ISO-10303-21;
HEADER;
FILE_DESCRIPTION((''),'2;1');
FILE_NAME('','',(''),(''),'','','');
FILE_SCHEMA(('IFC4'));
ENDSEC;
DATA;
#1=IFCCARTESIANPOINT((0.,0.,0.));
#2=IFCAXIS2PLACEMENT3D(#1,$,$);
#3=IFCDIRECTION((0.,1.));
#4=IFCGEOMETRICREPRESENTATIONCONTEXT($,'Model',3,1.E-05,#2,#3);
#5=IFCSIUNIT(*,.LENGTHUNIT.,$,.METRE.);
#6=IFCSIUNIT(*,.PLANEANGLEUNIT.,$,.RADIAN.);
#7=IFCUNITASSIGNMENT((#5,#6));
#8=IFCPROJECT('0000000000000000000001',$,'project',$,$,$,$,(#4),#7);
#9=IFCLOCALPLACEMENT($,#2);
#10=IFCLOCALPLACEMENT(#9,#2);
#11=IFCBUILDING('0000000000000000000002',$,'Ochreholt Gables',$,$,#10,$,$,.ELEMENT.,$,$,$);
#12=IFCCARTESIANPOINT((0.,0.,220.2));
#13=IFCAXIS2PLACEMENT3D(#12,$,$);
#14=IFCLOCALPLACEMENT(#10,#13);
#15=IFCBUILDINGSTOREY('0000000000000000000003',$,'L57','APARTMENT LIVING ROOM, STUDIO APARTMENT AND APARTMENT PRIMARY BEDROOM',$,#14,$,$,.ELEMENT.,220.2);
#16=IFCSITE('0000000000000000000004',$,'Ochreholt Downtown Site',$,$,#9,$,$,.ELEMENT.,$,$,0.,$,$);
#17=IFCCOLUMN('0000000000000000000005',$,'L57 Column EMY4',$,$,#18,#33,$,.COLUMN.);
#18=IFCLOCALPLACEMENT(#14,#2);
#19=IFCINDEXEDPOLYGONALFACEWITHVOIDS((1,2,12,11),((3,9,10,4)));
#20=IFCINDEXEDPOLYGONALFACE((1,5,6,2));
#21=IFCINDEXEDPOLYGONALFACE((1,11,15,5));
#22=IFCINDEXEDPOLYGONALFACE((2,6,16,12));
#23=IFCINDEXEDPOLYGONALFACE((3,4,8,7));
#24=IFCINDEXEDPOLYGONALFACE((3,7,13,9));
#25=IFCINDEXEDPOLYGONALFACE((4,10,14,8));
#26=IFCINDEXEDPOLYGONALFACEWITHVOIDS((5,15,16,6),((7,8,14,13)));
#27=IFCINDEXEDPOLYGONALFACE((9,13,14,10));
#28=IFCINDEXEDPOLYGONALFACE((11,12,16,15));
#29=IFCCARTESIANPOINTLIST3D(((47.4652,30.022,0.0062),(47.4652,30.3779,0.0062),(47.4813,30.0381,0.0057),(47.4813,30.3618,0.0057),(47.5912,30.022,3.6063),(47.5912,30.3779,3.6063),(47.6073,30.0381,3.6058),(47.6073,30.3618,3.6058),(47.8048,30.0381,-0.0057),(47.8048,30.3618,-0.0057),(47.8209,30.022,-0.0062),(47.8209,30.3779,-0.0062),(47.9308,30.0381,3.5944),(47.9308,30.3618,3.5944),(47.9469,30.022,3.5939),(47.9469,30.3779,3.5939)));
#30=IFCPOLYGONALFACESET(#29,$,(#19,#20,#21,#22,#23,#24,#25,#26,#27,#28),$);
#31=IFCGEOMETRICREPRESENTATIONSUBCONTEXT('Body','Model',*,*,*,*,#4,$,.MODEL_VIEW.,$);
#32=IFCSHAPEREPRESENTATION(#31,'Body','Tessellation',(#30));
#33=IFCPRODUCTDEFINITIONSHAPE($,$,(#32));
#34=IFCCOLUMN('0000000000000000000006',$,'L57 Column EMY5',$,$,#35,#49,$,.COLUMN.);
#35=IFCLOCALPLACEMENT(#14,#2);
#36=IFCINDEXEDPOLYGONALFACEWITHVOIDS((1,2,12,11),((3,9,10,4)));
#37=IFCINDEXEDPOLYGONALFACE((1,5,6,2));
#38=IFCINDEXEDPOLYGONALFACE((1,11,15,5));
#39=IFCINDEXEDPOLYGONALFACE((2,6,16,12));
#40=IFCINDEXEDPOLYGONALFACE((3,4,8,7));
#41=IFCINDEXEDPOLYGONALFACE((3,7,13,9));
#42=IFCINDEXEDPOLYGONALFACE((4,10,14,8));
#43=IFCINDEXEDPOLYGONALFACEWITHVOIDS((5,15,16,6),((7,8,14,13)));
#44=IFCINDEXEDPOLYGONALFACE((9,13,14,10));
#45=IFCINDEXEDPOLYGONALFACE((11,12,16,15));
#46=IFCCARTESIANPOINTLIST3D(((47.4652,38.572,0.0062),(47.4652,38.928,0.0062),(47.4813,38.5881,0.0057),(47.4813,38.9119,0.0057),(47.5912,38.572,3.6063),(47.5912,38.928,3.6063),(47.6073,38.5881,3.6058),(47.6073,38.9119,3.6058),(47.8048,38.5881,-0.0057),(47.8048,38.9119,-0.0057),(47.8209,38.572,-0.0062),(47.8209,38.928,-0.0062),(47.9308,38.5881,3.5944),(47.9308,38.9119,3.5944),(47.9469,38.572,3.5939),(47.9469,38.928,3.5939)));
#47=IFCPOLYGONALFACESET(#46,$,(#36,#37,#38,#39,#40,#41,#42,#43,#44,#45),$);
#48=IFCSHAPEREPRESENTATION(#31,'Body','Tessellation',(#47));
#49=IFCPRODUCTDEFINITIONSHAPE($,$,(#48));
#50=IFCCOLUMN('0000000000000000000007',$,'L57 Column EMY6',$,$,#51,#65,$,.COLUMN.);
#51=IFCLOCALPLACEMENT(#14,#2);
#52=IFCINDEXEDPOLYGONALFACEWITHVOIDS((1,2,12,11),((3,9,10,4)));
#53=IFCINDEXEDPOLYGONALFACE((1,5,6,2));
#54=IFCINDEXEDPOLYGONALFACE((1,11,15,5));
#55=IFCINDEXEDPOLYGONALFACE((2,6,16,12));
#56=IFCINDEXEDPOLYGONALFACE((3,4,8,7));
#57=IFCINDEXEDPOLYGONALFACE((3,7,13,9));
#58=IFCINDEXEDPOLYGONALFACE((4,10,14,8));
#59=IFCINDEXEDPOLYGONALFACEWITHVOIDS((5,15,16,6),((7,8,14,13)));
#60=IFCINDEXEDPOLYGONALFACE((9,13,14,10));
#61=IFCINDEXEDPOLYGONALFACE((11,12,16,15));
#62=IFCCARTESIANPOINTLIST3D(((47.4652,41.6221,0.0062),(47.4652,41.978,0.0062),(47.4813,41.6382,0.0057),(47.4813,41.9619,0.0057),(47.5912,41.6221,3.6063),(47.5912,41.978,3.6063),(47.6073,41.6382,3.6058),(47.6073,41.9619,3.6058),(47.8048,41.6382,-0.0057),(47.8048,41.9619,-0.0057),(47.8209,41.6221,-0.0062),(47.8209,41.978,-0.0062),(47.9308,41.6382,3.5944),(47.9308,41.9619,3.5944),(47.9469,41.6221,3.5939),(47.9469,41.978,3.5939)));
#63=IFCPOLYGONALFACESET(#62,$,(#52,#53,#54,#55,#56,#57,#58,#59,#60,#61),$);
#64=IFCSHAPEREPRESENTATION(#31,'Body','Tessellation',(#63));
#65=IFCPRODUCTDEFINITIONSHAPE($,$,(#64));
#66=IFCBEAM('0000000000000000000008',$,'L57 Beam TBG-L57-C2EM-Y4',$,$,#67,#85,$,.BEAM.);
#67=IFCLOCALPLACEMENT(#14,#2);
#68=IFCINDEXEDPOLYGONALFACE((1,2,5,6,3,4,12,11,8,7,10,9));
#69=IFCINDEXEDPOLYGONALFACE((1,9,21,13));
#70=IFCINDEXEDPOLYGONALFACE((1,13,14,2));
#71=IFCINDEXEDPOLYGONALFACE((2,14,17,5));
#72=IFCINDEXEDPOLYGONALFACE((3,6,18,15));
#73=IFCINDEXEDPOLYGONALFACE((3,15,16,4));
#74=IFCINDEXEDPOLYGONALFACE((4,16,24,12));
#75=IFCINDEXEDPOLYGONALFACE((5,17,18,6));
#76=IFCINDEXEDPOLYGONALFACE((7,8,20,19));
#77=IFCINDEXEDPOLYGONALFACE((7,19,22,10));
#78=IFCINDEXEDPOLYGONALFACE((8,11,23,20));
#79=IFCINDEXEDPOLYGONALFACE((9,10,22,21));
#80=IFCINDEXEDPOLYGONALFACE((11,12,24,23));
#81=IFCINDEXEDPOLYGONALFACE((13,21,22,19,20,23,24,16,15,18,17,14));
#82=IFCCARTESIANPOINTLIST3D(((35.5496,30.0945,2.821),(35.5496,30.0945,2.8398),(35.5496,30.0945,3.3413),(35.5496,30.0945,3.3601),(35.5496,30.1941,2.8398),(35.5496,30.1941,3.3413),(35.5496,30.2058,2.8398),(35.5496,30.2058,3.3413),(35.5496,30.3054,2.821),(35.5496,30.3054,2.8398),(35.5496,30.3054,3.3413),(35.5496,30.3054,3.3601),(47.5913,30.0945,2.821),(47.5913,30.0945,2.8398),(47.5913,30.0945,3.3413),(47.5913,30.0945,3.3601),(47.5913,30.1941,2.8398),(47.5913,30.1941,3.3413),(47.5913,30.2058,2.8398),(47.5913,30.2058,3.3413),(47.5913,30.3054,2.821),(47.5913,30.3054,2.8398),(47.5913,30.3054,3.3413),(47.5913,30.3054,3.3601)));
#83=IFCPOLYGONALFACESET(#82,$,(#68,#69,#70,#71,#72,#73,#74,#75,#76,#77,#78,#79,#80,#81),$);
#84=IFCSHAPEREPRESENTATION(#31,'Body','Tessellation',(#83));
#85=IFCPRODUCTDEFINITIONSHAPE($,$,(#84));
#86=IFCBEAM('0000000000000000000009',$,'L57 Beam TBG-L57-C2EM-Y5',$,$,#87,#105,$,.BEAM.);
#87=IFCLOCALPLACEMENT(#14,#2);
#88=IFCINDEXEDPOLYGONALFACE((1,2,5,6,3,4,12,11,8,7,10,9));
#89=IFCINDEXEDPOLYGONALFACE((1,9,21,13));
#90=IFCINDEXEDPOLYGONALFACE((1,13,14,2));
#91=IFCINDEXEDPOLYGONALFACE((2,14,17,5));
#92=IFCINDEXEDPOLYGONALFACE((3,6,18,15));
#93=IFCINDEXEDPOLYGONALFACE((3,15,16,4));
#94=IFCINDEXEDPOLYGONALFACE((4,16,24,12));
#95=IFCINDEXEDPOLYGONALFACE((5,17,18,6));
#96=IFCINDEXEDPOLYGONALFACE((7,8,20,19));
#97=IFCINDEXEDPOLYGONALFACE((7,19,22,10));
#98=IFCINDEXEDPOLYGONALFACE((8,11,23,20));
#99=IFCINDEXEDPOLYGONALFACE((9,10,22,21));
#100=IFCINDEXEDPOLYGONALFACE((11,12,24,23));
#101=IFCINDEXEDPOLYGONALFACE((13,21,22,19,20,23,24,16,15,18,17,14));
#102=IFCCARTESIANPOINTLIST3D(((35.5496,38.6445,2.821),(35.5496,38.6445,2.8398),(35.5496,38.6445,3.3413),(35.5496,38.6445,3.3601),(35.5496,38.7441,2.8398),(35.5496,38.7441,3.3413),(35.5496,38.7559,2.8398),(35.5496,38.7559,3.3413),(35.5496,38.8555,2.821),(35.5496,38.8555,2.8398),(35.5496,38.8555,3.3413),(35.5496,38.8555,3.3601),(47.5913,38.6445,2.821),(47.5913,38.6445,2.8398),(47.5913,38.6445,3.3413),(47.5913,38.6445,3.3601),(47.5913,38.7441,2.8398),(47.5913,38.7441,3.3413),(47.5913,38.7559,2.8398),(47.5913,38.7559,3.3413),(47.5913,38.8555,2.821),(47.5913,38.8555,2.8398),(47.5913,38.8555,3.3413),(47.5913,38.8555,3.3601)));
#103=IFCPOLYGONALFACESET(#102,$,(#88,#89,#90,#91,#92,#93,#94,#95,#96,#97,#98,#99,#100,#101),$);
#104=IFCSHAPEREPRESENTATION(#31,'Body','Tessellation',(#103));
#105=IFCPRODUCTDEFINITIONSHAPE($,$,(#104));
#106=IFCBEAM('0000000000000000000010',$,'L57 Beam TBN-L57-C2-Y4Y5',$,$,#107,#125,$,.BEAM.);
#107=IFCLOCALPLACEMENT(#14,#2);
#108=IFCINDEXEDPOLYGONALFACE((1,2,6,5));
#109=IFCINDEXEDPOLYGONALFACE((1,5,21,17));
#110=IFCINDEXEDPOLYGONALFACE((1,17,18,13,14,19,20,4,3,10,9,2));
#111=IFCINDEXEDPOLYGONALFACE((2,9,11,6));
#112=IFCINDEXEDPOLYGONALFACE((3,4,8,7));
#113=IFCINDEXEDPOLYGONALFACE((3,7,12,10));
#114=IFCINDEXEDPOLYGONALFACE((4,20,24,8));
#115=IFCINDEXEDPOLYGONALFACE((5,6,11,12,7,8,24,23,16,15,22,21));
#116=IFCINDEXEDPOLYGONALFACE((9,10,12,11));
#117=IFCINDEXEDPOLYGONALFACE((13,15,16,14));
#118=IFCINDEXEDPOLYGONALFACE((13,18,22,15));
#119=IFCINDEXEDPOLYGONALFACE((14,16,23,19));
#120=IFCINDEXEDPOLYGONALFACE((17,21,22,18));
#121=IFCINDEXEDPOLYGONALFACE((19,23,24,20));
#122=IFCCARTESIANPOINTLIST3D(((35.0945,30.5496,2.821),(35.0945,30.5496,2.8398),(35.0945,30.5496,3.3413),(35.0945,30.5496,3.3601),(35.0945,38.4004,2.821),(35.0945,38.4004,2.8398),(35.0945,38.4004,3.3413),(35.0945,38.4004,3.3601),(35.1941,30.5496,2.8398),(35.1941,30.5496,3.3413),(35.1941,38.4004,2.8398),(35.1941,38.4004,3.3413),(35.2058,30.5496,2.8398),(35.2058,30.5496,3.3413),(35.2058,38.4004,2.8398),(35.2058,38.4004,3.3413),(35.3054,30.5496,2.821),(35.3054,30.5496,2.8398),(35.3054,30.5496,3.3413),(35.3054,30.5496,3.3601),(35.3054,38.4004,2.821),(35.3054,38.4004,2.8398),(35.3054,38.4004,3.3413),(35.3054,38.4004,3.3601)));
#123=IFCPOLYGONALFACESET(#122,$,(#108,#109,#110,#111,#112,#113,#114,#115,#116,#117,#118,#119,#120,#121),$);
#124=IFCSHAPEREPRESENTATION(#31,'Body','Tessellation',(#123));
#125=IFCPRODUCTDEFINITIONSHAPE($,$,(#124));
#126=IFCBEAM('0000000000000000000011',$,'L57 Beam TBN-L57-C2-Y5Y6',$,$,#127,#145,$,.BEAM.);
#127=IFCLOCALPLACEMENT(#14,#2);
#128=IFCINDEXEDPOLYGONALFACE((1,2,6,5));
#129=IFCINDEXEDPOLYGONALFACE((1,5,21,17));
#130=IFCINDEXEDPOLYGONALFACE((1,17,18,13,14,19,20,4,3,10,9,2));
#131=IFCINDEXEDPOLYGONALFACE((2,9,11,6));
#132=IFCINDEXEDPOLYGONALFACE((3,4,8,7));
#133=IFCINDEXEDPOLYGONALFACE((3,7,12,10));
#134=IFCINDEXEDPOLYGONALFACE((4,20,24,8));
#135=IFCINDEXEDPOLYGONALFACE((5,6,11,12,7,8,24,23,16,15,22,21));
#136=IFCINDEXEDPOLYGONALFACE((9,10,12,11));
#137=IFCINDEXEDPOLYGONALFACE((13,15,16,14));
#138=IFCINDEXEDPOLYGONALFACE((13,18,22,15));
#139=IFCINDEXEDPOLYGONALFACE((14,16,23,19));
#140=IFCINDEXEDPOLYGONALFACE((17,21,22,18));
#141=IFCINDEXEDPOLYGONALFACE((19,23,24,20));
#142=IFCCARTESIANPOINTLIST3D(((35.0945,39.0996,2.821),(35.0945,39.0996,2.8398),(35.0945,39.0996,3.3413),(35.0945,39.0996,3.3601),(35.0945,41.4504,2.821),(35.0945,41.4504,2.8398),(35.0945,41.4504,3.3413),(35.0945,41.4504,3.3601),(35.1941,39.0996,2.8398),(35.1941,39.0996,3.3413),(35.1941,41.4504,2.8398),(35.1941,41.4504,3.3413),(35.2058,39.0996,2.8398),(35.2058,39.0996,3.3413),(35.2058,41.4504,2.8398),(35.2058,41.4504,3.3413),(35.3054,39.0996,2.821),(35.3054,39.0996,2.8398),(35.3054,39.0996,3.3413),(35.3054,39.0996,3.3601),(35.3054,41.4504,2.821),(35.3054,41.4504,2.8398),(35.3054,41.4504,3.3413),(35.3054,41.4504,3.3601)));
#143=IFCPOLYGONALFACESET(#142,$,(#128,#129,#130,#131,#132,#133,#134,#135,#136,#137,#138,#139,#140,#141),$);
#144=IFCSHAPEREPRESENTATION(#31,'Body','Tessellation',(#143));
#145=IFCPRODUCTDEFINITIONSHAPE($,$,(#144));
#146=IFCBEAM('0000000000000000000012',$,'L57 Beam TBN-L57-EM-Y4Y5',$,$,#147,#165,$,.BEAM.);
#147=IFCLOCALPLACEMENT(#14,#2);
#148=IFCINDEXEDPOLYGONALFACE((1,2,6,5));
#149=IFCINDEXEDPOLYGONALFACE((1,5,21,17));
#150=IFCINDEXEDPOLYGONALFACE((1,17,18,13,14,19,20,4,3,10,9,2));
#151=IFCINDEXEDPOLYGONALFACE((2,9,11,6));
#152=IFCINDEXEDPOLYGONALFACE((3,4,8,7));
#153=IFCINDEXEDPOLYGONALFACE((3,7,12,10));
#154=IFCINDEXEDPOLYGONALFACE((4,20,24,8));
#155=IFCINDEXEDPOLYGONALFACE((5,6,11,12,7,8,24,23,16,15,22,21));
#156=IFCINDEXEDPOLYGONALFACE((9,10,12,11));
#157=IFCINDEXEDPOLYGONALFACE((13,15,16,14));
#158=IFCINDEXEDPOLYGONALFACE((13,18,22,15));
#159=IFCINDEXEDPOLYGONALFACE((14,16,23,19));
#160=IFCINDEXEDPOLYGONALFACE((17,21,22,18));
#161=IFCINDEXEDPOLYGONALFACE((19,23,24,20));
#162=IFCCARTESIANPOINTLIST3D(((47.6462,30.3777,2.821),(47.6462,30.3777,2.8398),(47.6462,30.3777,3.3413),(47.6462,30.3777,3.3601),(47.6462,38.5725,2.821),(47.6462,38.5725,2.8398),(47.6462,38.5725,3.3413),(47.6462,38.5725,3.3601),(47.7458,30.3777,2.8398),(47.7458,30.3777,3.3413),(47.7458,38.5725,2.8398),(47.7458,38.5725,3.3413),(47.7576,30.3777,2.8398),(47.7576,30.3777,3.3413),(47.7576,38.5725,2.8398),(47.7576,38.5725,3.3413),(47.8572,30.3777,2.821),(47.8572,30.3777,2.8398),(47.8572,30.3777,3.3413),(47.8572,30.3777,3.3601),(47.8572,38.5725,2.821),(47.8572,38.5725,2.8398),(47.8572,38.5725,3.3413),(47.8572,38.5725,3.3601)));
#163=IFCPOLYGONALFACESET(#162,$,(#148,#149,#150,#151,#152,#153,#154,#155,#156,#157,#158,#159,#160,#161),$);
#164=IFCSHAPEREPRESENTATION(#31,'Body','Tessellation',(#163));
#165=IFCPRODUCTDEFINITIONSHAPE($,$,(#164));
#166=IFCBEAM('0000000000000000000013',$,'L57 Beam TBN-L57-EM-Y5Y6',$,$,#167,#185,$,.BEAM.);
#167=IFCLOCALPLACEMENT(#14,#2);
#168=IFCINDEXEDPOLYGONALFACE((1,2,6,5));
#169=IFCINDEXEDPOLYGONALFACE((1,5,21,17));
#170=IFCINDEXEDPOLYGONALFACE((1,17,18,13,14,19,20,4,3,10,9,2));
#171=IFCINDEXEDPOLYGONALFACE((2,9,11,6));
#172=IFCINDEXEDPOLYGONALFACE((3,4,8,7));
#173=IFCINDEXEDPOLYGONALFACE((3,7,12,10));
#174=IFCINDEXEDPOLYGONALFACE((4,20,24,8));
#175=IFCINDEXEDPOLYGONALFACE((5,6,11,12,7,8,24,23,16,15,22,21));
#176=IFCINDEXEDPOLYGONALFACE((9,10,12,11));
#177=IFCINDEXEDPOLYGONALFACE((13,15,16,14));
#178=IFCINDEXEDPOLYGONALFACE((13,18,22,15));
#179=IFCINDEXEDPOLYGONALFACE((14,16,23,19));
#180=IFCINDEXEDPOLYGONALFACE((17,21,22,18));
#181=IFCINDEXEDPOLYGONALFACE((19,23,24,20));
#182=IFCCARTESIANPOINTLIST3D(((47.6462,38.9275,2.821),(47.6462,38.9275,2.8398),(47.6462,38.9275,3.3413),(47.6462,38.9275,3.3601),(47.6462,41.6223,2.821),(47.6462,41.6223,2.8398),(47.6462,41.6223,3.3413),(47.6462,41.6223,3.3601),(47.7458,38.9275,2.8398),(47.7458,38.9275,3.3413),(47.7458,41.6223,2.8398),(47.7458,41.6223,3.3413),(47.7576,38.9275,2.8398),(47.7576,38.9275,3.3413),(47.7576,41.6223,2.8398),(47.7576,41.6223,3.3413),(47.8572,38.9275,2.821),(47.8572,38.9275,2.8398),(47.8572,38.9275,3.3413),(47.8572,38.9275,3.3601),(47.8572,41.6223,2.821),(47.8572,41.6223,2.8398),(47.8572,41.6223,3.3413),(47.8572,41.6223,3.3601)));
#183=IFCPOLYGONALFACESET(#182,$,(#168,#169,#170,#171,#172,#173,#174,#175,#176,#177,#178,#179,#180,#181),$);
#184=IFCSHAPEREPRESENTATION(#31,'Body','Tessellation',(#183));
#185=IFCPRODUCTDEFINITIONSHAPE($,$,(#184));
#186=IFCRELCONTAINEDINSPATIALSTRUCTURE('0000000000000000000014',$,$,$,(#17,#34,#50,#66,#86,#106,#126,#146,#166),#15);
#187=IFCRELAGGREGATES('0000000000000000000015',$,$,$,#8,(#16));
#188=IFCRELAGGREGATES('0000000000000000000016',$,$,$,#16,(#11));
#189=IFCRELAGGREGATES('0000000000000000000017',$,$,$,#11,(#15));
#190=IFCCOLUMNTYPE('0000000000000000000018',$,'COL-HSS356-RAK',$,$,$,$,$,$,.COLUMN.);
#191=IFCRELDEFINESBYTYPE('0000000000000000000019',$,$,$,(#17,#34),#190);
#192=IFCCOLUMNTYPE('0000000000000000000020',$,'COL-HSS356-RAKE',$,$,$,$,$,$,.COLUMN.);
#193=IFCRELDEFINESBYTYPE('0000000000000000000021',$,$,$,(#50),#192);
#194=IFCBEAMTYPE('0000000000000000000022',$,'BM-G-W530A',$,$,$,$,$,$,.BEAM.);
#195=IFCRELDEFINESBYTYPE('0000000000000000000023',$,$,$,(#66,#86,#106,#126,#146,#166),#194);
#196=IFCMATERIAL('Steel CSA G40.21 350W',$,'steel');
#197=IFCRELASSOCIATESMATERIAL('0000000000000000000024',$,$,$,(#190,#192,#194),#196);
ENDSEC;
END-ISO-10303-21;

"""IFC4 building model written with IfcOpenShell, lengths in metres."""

from ifc_helpers import new_model, si_unit, direction, frame, origin, origin_2d, place, context, subcontext, project, spatial, hollow_rectangle, i_section, extrude, material, material_profile, profile_set, type_object, element, save


model = new_model("IFC4")

# Units and contexts
model_context = context("Model", 3, precision=1e-05, world=origin(), true_north=direction((0.0, 1.0)))
body_context = subcontext(model_context, "Body", "Model", "MODEL_VIEW")
ifc_project = project(units=[si_unit("LENGTHUNIT", "METRE"), si_unit("PLANEANGLEUNIT", "RADIAN")], contexts=[model_context])

# Site, building, storey
site_placement = place(None, origin())
site = spatial("IfcSite", under=ifc_project, at=site_placement, Name="Ochreholt Downtown Site", CompositionType="ELEMENT", RefElevation=0.0)
building_placement = place(site_placement, origin())
building = spatial("IfcBuilding", under=site, at=building_placement, Name="Ochreholt Gables", CompositionType="ELEMENT")
storey_placement = place(building_placement, frame((0.0, 0.0, 220.2)))
storey = spatial("IfcBuildingStorey", under=building, at=storey_placement, Name="L57", Description="APARTMENT LIVING ROOM, STUDIO APARTMENT AND APARTMENT PRIMARY BEDROOM", CompositionType="ELEMENT", Elevation=220.2)

# Columns
ifc_material_1 = material(Name="Steel CSA G40.21 350W", Category="steel")
ifc_material_profile_1 = material_profile(ifc_material_1, hollow_rectangle(XDim=0.356, YDim=0.356, WallThickness=0.0161, at=origin_2d()), Name="HSS356X356X16")
ifc_profile_set_1 = profile_set([ifc_material_profile_1], Name="Steel CSA G40.21 350W")
column_type_1 = type_object("IfcColumnType", Name="COL-HSS356-RAK", PredefinedType="COLUMN", material=ifc_profile_set_1)
for number, where, z_axis, x_axis, name in (
    (1, (47.6431, 30.2, 0.0), (0.034971, 0.0, 0.999388), (0.0, 1.0, 0.0), "L57 Column EMY4"),
    (2, (47.6431, 38.75, 0.0), (0.034971, 0.0, 0.999388), (0.0, 1.0, 0.0), "L57 Column EMY5"),
):
    element("IfcColumn", number, at=place(storey_placement, frame(where, z_axis=z_axis, x_axis=x_axis)), inside=storey, type_object=column_type_1, Name=name, PredefinedType="COLUMN", context=body_context, shape_type="SweptSolid", body=[
        extrude(hollow_rectangle(XDim=0.356, YDim=0.356, WallThickness=0.0161, at=origin_2d()), origin(), (0.0, 0.0, 1.0), 3.6023),
    ])
ifc_material_profile_2 = material_profile(ifc_material_1, hollow_rectangle(XDim=0.356, YDim=0.356, WallThickness=0.0161, at=origin_2d()), Name="HSS356X356X16")
ifc_profile_set_2 = profile_set([ifc_material_profile_2], Name="Steel CSA G40.21 350W")
column_type_2 = type_object("IfcColumnType", Name="COL-HSS356-RAKE", PredefinedType="COLUMN", material=ifc_profile_set_2)
column_placement = place(storey_placement, frame((47.6431, 41.8, 0.0), z_axis=(0.034971, 0.0, 0.999388), x_axis=(0.0, 1.0, 0.0)))
element("IfcColumn", 3, at=column_placement, inside=storey, type_object=column_type_2, Name="L57 Column EMY6", PredefinedType="COLUMN", context=body_context, shape_type="SweptSolid", body=[
    extrude(hollow_rectangle(XDim=0.356, YDim=0.356, WallThickness=0.0161, at=origin_2d()), origin(), (0.0, 0.0, 1.0), 3.6023),
])

# Beams
ifc_material_profile_3 = material_profile(ifc_material_1, i_section(OverallWidth=0.2109, OverallDepth=0.5391, WebThickness=0.0117, FlangeThickness=0.0188, at=origin_2d()), Name="W530X109")
ifc_profile_set_3 = profile_set([ifc_material_profile_3], Name="Steel CSA G40.21 350W")
beam_type_1 = type_object("IfcBeamType", Name="BM-G-W530A", PredefinedType="BEAM", material=ifc_profile_set_3)
for number, where, z_axis, x_axis, name in (
    (4, (35.5496, 30.2, 3.0906), (1.0, 0.0, 0.0), (0.0, 1.0, 0.0), "L57 Beam TBG-L57-C2EM-Y4"),
    (5, (35.5496, 38.75, 3.0906), (1.0, 0.0, 0.0), (0.0, 1.0, 0.0), "L57 Beam TBG-L57-C2EM-Y5"),
):
    element("IfcBeam", number, at=place(storey_placement, frame(where, z_axis=z_axis, x_axis=x_axis)), inside=storey, type_object=beam_type_1, Name=name, PredefinedType="BEAM", context=body_context, shape_type="SweptSolid", body=[
        extrude(i_section(OverallWidth=0.2109, OverallDepth=0.5391, WebThickness=0.0117, FlangeThickness=0.0188, at=origin_2d()), origin(), (0.0, 0.0, 1.0), 12.0417),
    ])
beam_1_placement = place(storey_placement, frame((35.2, 30.5496, 3.0906), z_axis=(0.0, 1.0, 0.0), x_axis=(-1.0, 0.0, 0.0)))
element("IfcBeam", 6, at=beam_1_placement, inside=storey, type_object=beam_type_1, Name="L57 Beam TBN-L57-C2-Y4Y5", PredefinedType="BEAM", context=body_context, shape_type="SweptSolid", body=[
    extrude(i_section(OverallWidth=0.2109, OverallDepth=0.5391, WebThickness=0.0117, FlangeThickness=0.0188, at=origin_2d()), origin(), (0.0, 0.0, 1.0), 7.8508),
])
beam_2_placement = place(storey_placement, frame((35.2, 39.0996, 3.0906), z_axis=(0.0, 1.0, 0.0), x_axis=(-1.0, 0.0, 0.0)))
element("IfcBeam", 7, at=beam_2_placement, inside=storey, type_object=beam_type_1, Name="L57 Beam TBN-L57-C2-Y5Y6", PredefinedType="BEAM", context=body_context, shape_type="SweptSolid", body=[
    extrude(i_section(OverallWidth=0.2109, OverallDepth=0.5391, WebThickness=0.0117, FlangeThickness=0.0188, at=origin_2d()), origin(), (0.0, 0.0, 1.0), 2.3508),
])
beam_3_placement = place(storey_placement, frame((47.7517, 30.3777, 3.0906), z_axis=(0.0, 1.0, 0.0), x_axis=(-1.0, 0.0, 0.0)))
element("IfcBeam", 8, at=beam_3_placement, inside=storey, type_object=beam_type_1, Name="L57 Beam TBN-L57-EM-Y4Y5", PredefinedType="BEAM", context=body_context, shape_type="SweptSolid", body=[
    extrude(i_section(OverallWidth=0.2109, OverallDepth=0.5391, WebThickness=0.0117, FlangeThickness=0.0188, at=origin_2d()), origin(), (0.0, 0.0, 1.0), 8.1948),
])
beam_4_placement = place(storey_placement, frame((47.7517, 38.9275, 3.0906), z_axis=(0.0, 1.0, 0.0), x_axis=(-1.0, 0.0, 0.0)))
element("IfcBeam", 9, at=beam_4_placement, inside=storey, type_object=beam_type_1, Name="L57 Beam TBN-L57-EM-Y5Y6", PredefinedType="BEAM", context=body_context, shape_type="SweptSolid", body=[
    extrude(i_section(OverallWidth=0.2109, OverallDepth=0.5391, WebThickness=0.0117, FlangeThickness=0.0188, at=origin_2d()), origin(), (0.0, 0.0, 1.0), 2.6948),
])

save(model, "model.ifc")
